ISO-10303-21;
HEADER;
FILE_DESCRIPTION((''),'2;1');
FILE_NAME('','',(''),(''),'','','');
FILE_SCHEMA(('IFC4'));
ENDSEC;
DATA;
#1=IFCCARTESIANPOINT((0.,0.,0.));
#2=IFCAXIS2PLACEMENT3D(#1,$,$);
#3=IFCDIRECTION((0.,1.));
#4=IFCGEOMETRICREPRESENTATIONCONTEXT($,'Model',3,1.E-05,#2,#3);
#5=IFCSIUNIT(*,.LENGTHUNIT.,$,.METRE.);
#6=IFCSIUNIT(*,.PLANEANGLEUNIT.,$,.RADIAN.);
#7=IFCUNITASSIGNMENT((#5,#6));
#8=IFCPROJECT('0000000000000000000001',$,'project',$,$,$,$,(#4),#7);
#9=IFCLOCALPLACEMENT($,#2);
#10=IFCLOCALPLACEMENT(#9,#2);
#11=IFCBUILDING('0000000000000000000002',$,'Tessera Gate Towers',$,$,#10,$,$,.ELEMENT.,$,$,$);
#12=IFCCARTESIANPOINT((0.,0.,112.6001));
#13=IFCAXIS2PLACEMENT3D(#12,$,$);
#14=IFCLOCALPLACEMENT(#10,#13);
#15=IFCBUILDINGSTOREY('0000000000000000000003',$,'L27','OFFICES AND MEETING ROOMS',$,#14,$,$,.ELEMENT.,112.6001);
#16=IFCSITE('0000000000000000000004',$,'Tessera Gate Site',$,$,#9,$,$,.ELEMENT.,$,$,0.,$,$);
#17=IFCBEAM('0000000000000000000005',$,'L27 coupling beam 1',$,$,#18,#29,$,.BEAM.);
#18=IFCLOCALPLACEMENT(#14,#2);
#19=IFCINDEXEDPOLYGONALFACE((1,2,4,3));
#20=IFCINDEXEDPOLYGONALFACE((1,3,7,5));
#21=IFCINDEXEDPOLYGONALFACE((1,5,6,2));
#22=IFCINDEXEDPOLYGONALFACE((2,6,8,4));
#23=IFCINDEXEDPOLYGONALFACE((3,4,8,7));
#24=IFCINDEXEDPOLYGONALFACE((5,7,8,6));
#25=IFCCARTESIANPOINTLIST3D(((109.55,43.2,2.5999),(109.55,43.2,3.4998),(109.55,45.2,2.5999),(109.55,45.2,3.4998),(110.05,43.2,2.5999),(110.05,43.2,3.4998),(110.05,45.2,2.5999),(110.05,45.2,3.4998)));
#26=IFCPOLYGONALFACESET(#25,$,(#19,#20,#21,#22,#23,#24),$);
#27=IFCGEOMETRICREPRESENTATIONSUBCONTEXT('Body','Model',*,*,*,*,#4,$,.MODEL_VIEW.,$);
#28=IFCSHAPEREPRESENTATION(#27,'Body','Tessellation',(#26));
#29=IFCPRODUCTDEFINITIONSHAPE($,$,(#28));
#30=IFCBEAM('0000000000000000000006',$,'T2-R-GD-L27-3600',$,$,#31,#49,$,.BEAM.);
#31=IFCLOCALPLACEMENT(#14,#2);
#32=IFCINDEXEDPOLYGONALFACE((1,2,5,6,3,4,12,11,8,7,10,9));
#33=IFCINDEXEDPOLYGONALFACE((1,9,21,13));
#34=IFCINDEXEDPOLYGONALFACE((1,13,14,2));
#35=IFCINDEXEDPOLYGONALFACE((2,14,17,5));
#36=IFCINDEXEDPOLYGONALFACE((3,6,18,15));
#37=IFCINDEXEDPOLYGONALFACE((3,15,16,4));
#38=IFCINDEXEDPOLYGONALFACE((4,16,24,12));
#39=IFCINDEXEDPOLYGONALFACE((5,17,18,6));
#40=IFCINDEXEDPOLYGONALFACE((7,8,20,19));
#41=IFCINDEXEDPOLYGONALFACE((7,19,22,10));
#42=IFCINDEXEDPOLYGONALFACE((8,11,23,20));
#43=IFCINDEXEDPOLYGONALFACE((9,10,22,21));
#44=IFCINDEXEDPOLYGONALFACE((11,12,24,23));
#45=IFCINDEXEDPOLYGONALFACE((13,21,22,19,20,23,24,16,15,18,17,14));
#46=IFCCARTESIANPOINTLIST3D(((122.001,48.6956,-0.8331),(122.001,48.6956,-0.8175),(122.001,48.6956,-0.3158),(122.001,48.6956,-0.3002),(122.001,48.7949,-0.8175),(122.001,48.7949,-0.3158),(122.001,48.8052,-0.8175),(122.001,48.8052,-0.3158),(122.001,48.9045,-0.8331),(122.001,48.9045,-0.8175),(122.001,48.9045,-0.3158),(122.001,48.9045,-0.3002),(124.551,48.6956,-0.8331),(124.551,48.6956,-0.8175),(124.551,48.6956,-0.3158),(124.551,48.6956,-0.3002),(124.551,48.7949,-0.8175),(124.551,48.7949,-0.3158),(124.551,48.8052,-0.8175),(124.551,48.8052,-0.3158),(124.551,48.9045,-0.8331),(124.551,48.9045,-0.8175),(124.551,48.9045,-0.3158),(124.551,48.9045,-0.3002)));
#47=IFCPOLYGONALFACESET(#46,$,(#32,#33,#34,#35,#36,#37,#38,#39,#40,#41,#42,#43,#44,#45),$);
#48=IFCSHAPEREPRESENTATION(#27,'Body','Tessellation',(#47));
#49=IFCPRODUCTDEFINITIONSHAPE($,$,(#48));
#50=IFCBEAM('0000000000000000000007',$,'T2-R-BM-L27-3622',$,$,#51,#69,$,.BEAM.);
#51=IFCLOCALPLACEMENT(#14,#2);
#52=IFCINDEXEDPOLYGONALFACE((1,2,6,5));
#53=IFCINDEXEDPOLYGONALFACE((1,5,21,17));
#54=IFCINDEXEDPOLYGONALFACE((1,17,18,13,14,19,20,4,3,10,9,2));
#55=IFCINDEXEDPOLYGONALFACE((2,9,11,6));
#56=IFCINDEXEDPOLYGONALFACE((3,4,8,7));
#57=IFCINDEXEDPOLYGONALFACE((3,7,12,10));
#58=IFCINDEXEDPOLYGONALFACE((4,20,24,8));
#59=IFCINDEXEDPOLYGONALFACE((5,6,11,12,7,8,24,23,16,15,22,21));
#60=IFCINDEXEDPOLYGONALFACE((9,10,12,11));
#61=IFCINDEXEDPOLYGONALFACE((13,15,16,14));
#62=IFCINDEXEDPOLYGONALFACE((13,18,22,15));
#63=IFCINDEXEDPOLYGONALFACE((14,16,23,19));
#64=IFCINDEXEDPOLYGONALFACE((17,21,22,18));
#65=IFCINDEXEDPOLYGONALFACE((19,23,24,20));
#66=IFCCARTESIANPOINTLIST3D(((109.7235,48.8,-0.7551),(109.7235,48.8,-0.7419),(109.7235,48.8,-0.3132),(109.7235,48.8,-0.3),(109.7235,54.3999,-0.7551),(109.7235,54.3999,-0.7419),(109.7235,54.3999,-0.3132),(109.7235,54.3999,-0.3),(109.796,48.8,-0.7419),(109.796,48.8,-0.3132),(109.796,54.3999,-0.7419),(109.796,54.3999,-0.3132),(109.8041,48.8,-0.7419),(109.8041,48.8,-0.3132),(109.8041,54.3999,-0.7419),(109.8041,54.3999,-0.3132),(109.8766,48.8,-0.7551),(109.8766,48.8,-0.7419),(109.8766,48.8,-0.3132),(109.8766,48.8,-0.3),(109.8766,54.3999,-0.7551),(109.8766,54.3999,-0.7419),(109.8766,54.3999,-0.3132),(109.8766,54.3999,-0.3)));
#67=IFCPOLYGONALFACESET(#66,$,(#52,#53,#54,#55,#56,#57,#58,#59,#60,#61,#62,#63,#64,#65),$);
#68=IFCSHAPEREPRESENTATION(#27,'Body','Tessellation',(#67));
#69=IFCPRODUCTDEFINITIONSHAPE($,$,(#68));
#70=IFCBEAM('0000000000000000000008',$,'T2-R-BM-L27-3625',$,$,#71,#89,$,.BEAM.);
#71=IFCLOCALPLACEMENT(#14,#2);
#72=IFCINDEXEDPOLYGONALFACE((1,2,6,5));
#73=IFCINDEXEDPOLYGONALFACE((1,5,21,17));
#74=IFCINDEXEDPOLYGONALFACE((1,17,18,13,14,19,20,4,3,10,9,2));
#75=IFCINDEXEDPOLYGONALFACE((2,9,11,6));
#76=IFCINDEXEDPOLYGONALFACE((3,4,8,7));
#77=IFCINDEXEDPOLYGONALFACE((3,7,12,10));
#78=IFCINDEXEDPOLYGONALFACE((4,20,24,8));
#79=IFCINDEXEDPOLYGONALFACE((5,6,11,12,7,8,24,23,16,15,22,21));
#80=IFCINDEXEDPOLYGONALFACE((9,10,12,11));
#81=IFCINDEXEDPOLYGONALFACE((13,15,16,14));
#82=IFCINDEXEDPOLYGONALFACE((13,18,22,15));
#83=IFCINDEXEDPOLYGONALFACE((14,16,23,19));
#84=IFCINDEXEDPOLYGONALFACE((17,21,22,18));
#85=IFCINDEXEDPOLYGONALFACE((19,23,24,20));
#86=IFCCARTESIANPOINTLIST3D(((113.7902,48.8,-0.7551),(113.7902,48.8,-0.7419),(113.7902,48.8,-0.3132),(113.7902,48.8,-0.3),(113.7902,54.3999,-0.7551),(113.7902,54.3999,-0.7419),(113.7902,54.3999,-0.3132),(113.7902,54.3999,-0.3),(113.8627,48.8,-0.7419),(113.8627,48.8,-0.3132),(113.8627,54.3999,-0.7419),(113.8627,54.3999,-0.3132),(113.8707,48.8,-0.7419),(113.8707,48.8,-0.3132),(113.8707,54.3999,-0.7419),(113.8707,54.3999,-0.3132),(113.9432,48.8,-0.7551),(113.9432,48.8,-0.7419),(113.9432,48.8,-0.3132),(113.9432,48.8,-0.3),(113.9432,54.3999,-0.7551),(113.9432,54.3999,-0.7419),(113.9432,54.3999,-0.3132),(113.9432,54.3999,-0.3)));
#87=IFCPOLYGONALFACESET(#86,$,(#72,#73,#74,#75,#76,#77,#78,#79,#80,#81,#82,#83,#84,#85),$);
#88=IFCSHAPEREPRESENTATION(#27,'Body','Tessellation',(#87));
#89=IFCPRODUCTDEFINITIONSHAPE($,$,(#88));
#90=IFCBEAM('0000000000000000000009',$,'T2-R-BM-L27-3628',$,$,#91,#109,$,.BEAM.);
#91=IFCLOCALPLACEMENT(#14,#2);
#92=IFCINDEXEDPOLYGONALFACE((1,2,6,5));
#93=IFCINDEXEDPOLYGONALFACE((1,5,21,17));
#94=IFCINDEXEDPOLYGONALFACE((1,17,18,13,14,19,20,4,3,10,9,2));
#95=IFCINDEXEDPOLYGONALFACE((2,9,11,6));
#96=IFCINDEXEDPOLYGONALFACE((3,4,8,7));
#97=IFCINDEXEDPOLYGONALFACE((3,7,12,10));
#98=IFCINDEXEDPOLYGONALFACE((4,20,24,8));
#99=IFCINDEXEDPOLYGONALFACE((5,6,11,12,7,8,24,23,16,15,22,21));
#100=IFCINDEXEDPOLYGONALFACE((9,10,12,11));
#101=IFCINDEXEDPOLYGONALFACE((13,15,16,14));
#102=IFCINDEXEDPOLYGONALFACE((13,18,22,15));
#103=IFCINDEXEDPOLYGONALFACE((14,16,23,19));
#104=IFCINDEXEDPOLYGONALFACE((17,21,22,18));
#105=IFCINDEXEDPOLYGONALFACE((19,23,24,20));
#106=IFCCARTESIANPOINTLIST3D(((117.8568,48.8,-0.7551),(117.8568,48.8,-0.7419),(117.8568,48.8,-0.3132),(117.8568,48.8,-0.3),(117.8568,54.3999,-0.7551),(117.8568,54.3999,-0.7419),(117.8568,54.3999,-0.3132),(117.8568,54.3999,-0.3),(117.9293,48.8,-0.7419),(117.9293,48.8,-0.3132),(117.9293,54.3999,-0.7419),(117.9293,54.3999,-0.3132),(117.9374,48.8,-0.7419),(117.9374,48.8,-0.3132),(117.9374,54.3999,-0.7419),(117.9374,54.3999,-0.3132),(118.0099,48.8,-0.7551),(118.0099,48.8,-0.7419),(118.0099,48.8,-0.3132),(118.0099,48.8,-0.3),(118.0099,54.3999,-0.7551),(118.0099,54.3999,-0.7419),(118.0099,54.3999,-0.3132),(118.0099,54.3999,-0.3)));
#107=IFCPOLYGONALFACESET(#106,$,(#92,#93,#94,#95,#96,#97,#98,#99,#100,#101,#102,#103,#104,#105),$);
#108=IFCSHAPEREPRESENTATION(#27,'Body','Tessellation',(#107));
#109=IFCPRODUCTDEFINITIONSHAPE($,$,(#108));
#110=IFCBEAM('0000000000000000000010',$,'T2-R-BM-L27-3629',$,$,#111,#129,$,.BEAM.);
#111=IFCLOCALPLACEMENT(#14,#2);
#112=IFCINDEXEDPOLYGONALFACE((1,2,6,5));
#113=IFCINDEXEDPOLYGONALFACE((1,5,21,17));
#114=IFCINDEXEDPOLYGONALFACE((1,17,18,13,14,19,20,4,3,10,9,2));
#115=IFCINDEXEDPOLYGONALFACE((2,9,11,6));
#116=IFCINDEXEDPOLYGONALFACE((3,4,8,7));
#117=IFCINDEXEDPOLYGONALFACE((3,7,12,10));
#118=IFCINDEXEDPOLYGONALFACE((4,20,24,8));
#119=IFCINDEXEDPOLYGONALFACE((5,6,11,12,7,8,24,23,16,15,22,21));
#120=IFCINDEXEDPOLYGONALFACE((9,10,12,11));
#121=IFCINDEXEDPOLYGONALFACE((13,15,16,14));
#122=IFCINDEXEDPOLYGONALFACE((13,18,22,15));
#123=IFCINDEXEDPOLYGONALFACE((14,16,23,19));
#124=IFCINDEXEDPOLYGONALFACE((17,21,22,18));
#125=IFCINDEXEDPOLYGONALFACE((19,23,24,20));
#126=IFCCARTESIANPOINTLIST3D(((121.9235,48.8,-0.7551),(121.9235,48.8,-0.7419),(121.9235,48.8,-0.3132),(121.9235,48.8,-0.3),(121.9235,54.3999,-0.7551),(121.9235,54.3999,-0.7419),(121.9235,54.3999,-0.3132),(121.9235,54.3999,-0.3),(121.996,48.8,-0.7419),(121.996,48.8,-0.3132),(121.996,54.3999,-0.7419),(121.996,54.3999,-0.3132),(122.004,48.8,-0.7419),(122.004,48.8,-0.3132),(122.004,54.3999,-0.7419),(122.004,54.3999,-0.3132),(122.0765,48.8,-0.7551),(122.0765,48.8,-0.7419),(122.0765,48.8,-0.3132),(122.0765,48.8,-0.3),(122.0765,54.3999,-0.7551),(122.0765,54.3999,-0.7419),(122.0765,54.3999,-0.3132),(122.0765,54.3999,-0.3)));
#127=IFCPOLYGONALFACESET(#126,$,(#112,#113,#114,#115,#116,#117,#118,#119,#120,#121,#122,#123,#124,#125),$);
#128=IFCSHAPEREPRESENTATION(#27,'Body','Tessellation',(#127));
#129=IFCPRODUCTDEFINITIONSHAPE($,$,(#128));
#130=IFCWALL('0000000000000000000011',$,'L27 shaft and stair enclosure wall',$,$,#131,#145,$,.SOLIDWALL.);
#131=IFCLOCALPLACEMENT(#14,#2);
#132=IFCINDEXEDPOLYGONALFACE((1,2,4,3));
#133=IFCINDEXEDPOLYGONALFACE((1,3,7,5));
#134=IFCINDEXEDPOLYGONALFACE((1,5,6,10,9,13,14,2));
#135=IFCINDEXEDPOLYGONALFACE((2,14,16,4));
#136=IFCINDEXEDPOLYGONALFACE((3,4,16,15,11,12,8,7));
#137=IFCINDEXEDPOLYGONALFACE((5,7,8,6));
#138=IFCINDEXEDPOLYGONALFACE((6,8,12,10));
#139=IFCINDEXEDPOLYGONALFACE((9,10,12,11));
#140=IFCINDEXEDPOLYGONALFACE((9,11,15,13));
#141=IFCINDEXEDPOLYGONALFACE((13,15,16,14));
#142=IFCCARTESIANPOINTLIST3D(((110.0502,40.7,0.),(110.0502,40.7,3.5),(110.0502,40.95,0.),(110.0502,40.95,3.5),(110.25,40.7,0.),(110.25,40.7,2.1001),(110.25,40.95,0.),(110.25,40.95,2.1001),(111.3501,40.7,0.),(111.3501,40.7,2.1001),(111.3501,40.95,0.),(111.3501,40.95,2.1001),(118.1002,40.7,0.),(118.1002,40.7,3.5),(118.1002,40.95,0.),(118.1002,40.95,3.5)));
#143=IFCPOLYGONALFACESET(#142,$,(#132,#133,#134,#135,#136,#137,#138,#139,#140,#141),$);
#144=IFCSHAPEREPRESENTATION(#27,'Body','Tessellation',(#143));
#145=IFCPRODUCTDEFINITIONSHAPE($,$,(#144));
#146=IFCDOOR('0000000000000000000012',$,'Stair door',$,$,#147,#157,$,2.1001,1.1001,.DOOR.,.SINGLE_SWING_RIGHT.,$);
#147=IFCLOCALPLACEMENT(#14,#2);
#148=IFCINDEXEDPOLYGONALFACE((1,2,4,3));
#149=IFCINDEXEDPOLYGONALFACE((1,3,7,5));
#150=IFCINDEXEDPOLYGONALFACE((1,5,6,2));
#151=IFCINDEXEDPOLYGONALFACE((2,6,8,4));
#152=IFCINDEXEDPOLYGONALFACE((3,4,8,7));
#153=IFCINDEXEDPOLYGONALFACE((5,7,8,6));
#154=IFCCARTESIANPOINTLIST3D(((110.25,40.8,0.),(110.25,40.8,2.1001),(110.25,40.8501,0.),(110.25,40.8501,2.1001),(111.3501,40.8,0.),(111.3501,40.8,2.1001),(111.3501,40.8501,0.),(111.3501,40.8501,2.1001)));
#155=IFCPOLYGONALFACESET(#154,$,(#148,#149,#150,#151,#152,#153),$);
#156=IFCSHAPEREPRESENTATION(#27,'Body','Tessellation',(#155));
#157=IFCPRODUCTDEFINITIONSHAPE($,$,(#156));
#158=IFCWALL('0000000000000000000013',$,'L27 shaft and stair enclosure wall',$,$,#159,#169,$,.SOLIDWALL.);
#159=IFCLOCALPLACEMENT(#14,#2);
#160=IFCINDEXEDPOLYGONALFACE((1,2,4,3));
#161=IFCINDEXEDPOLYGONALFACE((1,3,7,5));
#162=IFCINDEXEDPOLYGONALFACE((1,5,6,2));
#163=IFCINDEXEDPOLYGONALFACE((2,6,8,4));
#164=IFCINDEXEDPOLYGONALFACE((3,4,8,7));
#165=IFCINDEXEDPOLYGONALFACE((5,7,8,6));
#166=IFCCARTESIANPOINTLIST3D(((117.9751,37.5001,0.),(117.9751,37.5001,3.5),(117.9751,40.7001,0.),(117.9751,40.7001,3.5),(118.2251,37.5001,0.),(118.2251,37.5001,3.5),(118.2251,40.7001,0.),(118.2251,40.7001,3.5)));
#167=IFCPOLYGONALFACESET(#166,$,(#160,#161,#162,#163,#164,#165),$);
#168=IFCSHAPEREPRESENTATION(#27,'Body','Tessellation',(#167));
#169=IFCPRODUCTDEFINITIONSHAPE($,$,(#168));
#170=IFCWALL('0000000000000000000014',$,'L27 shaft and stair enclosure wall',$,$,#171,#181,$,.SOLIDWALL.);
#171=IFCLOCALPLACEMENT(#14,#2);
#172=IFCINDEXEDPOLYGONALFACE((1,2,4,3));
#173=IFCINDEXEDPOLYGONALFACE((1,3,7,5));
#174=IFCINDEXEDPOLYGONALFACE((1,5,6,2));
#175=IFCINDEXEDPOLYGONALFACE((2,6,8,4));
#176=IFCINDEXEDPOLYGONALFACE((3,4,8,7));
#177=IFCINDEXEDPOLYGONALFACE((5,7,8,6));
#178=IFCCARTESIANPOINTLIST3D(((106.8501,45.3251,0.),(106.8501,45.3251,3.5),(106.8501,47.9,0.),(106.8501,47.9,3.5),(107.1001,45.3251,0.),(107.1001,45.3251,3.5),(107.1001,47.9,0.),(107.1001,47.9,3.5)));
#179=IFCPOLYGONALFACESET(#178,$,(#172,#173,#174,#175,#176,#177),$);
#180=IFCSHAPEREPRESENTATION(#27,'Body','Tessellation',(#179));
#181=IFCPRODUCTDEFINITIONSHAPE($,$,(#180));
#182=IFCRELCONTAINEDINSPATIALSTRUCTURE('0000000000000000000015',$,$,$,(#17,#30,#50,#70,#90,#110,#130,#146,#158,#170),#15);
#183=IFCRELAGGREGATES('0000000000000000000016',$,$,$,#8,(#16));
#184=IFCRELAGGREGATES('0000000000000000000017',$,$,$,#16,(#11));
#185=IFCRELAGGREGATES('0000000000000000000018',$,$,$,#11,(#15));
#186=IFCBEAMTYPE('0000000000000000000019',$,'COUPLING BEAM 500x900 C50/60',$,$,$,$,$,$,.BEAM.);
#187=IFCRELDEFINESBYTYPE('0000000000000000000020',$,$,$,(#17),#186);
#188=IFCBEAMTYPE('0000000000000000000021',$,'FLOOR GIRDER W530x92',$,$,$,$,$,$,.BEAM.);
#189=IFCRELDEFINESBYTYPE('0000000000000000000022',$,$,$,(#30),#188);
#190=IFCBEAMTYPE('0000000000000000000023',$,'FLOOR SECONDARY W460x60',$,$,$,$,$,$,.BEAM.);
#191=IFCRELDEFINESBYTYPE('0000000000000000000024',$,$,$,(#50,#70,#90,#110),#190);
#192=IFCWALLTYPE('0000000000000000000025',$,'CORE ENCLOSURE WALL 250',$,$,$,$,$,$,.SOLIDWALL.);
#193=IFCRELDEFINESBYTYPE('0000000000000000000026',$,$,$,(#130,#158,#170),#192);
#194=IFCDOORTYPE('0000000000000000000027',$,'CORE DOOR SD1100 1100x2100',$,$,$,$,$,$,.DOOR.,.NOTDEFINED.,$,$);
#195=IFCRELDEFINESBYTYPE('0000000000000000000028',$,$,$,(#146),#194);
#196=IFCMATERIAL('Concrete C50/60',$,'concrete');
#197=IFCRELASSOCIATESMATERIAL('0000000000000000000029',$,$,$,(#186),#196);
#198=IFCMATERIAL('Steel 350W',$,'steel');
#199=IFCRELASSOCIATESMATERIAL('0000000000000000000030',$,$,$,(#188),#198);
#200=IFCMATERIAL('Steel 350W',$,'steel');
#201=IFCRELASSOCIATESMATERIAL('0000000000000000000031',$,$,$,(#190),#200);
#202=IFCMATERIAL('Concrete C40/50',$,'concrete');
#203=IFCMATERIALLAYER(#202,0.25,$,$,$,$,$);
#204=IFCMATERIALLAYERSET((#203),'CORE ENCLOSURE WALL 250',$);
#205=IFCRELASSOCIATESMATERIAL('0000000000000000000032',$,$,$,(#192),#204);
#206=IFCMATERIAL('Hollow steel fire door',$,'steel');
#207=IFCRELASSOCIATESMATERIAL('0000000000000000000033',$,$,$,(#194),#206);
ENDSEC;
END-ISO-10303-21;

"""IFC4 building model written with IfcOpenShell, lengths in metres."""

from ifc_helpers import new_model, si_unit, direction, frame, frame_2d, origin, origin_2d, place, context, subcontext, project, spatial, rectangle, i_section, extrude, source, transform, mapped, material, layer, layer_set, material_profile, profile_set, type_object, element, fill, save


model = new_model("IFC4")

# Units and contexts
model_context = context("Model", 3, precision=1e-05, world=origin(), true_north=direction((0.0, 1.0)))
body_context = subcontext(model_context, "Body", "Model", "MODEL_VIEW")
ifc_project = project(units=[si_unit("LENGTHUNIT", "METRE"), si_unit("PLANEANGLEUNIT", "RADIAN")], contexts=[model_context])

# Site, building, storey
site_placement = place(None, origin())
site = spatial("IfcSite", under=ifc_project, at=site_placement, Name="Tessera Gate Site", CompositionType="ELEMENT", RefElevation=0.0)
building_placement = place(site_placement, origin())
building = spatial("IfcBuilding", under=site, at=building_placement, Name="Tessera Gate Towers", CompositionType="ELEMENT")
storey_placement = place(building_placement, frame((0.0, 0.0, 112.6001)))
storey = spatial("IfcBuildingStorey", under=building, at=storey_placement, Name="L27", Description="OFFICES AND MEETING ROOMS", CompositionType="ELEMENT", Elevation=112.6001)

# Beams
ifc_material_1 = material(Name="Concrete C50/60", Category="concrete")
ifc_material_profile_1 = material_profile(ifc_material_1, rectangle(XDim=0.5, YDim=0.8999, at=origin_2d()), Name="RC 500x900")
ifc_profile_set_1 = profile_set([ifc_material_profile_1], Name="Concrete C50/60")
beam_type_1 = type_object("IfcBeamType", Name="COUPLING BEAM 500x900 C50/60", PredefinedType="BEAM", material=ifc_profile_set_1)
beam_1_placement = place(storey_placement, frame((109.8, 43.2, 3.0498), z_axis=(0.0, 1.0, 0.0), x_axis=(-1.0, 0.0, 0.0)))
element("IfcBeam", 1, at=beam_1_placement, inside=storey, type_object=beam_type_1, Name="L27 coupling beam 1", PredefinedType="BEAM", context=body_context, shape_type="SweptSolid", body=[
    extrude(rectangle(XDim=0.5, YDim=0.8999, at=origin_2d()), origin(), (0.0, 0.0, 1.0), 2.0),
])
ifc_material_2 = material(Name="Steel 350W", Category="steel")
ifc_material_profile_2 = material_profile(ifc_material_2, i_section(OverallWidth=0.209, OverallDepth=0.533, WebThickness=0.0103, FlangeThickness=0.0156, at=origin_2d()), Name="W530x92")
ifc_profile_set_2 = profile_set([ifc_material_profile_2], Name="Steel 350W")
beam_type_2 = type_object("IfcBeamType", Name="FLOOR GIRDER W530x92", PredefinedType="BEAM", material=ifc_profile_set_2)
beam_2_placement = place(storey_placement, frame((122.001, 48.8, -0.5667), z_axis=(1.0, 0.0, 0.0), x_axis=(0.0, 1.0, 0.0)))
element("IfcBeam", 2, at=beam_2_placement, inside=storey, type_object=beam_type_2, Name="T2-R-GD-L27-3600", PredefinedType="BEAM", context=body_context, shape_type="SweptSolid", body=[
    extrude(i_section(OverallWidth=0.209, OverallDepth=0.533, WebThickness=0.0103, FlangeThickness=0.0156, at=origin_2d()), origin(), (0.0, 0.0, 1.0), 2.55),
])
ifc_material_3 = material(Name="Steel 350W", Category="steel")
ifc_material_profile_3 = material_profile(ifc_material_3, i_section(OverallWidth=0.1531, OverallDepth=0.4551, WebThickness=0.0081, FlangeThickness=0.0132, at=origin_2d()), Name="W460x60")
ifc_profile_set_3 = profile_set([ifc_material_profile_3], Name="Steel 350W")
beam_type_3 = type_object("IfcBeamType", Name="FLOOR SECONDARY W460x60", PredefinedType="BEAM", material=ifc_profile_set_3)
for number, where, z_axis, x_axis, name in (
    (3, (109.8, 48.8, -0.5276), (0.0, 1.0, 0.0), (-1.0, 0.0, 0.0), "T2-R-BM-L27-3622"),
    (4, (113.8667, 48.8, -0.5276), (0.0, 1.0, 0.0), (-1.0, 0.0, 0.0), "T2-R-BM-L27-3625"),
    (5, (117.9333, 48.8, -0.5276), (0.0, 1.0, 0.0), (-1.0, 0.0, 0.0), "T2-R-BM-L27-3628"),
    (6, (122.0, 48.8, -0.5276), (0.0, 1.0, 0.0), (-1.0, 0.0, 0.0), "T2-R-BM-L27-3629"),
):
    element("IfcBeam", number, at=place(storey_placement, frame(where, z_axis=z_axis, x_axis=x_axis)), inside=storey, type_object=beam_type_3, Name=name, PredefinedType="BEAM", context=body_context, shape_type="SweptSolid", body=[
        extrude(i_section(OverallWidth=0.1531, OverallDepth=0.4551, WebThickness=0.0081, FlangeThickness=0.0132, at=origin_2d()), origin(), (0.0, 0.0, 1.0), 5.5999),
    ])

# Wall, opening, door
ifc_material_4 = material(Name="Concrete C40/50", Category="concrete")
ifc_layer_1 = layer(ifc_material_4, 0.25)
ifc_layer_set_1 = layer_set([ifc_layer_1], Name="CORE ENCLOSURE WALL 250")
wall_type_1 = type_object("IfcWallType", Name="CORE ENCLOSURE WALL 250", PredefinedType="SOLIDWALL", material=ifc_layer_set_1)
wall_1_placement = place(storey_placement, frame((118.1001, 40.825, 0.0), z_axis=(0.0, 0.0, 1.0), x_axis=(-1.0, 0.0, 0.0)))
wall_1 = element("IfcWall", 7, at=wall_1_placement, inside=storey, type_object=wall_type_1, Name="L27 shaft and stair enclosure wall", PredefinedType="SOLIDWALL", context=body_context, shape_type="SweptSolid", body=[
    extrude(rectangle(XDim=8.05, YDim=0.25, at=frame_2d((4.0249, 0.0))), origin(), (0.0, 0.0, 1.0), 3.5),
])
shared_shape_1 = source(origin(), body_context, "Body", "SweptSolid", [
    extrude(rectangle(XDim=1.1001, YDim=2.1001, at=frame_2d((0.55, 1.05))), frame((0.0, 0.135, 0.0), z_axis=(0.0, -1.0, 0.0), x_axis=(1.0, 0.0, 0.0)), (0.0, 0.0, 1.0), 0.27),
])
opening_1_placement = place(wall_1_placement, frame((6.75, 0.0, 0.0)))
opening_1 = element("IfcOpeningElement", 8, at=opening_1_placement, cuts=wall_1, PredefinedType="OPENING", context=body_context, shape_type="MappedRepresentation", body=[
    mapped(shared_shape_1, transform((0.0, 0.0, 0.0), scale=1.0)),
])
ifc_material_5 = material(Name="Hollow steel fire door", Category="steel")
door_type_1 = type_object("IfcDoorType", Name="CORE DOOR SD1100 1100x2100", OperationType="NOTDEFINED", PredefinedType="DOOR", material=ifc_material_5)
shared_shape_2 = source(origin(), body_context, "Body", "SweptSolid", [
    extrude(rectangle(XDim=1.1001, YDim=2.1001, at=frame_2d((0.55, 1.05))), frame((0.0, 0.0249, 0.0), z_axis=(0.0, -1.0, 0.0), x_axis=(1.0, 0.0, 0.0)), (0.0, 0.0, 1.0), 0.05),
])
door_1_placement = place(opening_1_placement, origin())
door_1 = element("IfcDoor", 9, at=door_1_placement, inside=storey, type_object=door_type_1, Name="Stair door", OperationType="SINGLE_SWING_RIGHT", OverallHeight=2.1001, OverallWidth=1.1001, PredefinedType="DOOR", context=body_context, shape_type="MappedRepresentation", body=[
    mapped(shared_shape_2, transform((0.0, 0.0, 0.0), scale=1.0)),
])
fill(opening_1, door_1)

# Walls
wall_2_placement = place(storey_placement, frame((118.1001, 37.5, 0.0), z_axis=(0.0, 0.0, 1.0), x_axis=(0.0, 1.0, 0.0)))
element("IfcWall", 10, at=wall_2_placement, inside=storey, type_object=wall_type_1, Name="L27 shaft and stair enclosure wall", PredefinedType="SOLIDWALL", context=body_context, shape_type="SweptSolid", body=[
    extrude(rectangle(XDim=3.2, YDim=0.25, at=frame_2d((1.6001, 0.0))), origin(), (0.0, 0.0, 1.0), 3.5),
])
wall_3_placement = place(storey_placement, frame((106.9751, 45.325, 0.0), z_axis=(0.0, 0.0, 1.0), x_axis=(0.0, 1.0, 0.0)))
element("IfcWall", 11, at=wall_3_placement, inside=storey, type_object=wall_type_1, Name="L27 shaft and stair enclosure wall", PredefinedType="SOLIDWALL", context=body_context, shape_type="SweptSolid", body=[
    extrude(rectangle(XDim=2.575, YDim=0.25, at=frame_2d((1.2876, 0.0))), origin(), (0.0, 0.0, 1.0), 3.5),
])

save(model, "model.ifc")
